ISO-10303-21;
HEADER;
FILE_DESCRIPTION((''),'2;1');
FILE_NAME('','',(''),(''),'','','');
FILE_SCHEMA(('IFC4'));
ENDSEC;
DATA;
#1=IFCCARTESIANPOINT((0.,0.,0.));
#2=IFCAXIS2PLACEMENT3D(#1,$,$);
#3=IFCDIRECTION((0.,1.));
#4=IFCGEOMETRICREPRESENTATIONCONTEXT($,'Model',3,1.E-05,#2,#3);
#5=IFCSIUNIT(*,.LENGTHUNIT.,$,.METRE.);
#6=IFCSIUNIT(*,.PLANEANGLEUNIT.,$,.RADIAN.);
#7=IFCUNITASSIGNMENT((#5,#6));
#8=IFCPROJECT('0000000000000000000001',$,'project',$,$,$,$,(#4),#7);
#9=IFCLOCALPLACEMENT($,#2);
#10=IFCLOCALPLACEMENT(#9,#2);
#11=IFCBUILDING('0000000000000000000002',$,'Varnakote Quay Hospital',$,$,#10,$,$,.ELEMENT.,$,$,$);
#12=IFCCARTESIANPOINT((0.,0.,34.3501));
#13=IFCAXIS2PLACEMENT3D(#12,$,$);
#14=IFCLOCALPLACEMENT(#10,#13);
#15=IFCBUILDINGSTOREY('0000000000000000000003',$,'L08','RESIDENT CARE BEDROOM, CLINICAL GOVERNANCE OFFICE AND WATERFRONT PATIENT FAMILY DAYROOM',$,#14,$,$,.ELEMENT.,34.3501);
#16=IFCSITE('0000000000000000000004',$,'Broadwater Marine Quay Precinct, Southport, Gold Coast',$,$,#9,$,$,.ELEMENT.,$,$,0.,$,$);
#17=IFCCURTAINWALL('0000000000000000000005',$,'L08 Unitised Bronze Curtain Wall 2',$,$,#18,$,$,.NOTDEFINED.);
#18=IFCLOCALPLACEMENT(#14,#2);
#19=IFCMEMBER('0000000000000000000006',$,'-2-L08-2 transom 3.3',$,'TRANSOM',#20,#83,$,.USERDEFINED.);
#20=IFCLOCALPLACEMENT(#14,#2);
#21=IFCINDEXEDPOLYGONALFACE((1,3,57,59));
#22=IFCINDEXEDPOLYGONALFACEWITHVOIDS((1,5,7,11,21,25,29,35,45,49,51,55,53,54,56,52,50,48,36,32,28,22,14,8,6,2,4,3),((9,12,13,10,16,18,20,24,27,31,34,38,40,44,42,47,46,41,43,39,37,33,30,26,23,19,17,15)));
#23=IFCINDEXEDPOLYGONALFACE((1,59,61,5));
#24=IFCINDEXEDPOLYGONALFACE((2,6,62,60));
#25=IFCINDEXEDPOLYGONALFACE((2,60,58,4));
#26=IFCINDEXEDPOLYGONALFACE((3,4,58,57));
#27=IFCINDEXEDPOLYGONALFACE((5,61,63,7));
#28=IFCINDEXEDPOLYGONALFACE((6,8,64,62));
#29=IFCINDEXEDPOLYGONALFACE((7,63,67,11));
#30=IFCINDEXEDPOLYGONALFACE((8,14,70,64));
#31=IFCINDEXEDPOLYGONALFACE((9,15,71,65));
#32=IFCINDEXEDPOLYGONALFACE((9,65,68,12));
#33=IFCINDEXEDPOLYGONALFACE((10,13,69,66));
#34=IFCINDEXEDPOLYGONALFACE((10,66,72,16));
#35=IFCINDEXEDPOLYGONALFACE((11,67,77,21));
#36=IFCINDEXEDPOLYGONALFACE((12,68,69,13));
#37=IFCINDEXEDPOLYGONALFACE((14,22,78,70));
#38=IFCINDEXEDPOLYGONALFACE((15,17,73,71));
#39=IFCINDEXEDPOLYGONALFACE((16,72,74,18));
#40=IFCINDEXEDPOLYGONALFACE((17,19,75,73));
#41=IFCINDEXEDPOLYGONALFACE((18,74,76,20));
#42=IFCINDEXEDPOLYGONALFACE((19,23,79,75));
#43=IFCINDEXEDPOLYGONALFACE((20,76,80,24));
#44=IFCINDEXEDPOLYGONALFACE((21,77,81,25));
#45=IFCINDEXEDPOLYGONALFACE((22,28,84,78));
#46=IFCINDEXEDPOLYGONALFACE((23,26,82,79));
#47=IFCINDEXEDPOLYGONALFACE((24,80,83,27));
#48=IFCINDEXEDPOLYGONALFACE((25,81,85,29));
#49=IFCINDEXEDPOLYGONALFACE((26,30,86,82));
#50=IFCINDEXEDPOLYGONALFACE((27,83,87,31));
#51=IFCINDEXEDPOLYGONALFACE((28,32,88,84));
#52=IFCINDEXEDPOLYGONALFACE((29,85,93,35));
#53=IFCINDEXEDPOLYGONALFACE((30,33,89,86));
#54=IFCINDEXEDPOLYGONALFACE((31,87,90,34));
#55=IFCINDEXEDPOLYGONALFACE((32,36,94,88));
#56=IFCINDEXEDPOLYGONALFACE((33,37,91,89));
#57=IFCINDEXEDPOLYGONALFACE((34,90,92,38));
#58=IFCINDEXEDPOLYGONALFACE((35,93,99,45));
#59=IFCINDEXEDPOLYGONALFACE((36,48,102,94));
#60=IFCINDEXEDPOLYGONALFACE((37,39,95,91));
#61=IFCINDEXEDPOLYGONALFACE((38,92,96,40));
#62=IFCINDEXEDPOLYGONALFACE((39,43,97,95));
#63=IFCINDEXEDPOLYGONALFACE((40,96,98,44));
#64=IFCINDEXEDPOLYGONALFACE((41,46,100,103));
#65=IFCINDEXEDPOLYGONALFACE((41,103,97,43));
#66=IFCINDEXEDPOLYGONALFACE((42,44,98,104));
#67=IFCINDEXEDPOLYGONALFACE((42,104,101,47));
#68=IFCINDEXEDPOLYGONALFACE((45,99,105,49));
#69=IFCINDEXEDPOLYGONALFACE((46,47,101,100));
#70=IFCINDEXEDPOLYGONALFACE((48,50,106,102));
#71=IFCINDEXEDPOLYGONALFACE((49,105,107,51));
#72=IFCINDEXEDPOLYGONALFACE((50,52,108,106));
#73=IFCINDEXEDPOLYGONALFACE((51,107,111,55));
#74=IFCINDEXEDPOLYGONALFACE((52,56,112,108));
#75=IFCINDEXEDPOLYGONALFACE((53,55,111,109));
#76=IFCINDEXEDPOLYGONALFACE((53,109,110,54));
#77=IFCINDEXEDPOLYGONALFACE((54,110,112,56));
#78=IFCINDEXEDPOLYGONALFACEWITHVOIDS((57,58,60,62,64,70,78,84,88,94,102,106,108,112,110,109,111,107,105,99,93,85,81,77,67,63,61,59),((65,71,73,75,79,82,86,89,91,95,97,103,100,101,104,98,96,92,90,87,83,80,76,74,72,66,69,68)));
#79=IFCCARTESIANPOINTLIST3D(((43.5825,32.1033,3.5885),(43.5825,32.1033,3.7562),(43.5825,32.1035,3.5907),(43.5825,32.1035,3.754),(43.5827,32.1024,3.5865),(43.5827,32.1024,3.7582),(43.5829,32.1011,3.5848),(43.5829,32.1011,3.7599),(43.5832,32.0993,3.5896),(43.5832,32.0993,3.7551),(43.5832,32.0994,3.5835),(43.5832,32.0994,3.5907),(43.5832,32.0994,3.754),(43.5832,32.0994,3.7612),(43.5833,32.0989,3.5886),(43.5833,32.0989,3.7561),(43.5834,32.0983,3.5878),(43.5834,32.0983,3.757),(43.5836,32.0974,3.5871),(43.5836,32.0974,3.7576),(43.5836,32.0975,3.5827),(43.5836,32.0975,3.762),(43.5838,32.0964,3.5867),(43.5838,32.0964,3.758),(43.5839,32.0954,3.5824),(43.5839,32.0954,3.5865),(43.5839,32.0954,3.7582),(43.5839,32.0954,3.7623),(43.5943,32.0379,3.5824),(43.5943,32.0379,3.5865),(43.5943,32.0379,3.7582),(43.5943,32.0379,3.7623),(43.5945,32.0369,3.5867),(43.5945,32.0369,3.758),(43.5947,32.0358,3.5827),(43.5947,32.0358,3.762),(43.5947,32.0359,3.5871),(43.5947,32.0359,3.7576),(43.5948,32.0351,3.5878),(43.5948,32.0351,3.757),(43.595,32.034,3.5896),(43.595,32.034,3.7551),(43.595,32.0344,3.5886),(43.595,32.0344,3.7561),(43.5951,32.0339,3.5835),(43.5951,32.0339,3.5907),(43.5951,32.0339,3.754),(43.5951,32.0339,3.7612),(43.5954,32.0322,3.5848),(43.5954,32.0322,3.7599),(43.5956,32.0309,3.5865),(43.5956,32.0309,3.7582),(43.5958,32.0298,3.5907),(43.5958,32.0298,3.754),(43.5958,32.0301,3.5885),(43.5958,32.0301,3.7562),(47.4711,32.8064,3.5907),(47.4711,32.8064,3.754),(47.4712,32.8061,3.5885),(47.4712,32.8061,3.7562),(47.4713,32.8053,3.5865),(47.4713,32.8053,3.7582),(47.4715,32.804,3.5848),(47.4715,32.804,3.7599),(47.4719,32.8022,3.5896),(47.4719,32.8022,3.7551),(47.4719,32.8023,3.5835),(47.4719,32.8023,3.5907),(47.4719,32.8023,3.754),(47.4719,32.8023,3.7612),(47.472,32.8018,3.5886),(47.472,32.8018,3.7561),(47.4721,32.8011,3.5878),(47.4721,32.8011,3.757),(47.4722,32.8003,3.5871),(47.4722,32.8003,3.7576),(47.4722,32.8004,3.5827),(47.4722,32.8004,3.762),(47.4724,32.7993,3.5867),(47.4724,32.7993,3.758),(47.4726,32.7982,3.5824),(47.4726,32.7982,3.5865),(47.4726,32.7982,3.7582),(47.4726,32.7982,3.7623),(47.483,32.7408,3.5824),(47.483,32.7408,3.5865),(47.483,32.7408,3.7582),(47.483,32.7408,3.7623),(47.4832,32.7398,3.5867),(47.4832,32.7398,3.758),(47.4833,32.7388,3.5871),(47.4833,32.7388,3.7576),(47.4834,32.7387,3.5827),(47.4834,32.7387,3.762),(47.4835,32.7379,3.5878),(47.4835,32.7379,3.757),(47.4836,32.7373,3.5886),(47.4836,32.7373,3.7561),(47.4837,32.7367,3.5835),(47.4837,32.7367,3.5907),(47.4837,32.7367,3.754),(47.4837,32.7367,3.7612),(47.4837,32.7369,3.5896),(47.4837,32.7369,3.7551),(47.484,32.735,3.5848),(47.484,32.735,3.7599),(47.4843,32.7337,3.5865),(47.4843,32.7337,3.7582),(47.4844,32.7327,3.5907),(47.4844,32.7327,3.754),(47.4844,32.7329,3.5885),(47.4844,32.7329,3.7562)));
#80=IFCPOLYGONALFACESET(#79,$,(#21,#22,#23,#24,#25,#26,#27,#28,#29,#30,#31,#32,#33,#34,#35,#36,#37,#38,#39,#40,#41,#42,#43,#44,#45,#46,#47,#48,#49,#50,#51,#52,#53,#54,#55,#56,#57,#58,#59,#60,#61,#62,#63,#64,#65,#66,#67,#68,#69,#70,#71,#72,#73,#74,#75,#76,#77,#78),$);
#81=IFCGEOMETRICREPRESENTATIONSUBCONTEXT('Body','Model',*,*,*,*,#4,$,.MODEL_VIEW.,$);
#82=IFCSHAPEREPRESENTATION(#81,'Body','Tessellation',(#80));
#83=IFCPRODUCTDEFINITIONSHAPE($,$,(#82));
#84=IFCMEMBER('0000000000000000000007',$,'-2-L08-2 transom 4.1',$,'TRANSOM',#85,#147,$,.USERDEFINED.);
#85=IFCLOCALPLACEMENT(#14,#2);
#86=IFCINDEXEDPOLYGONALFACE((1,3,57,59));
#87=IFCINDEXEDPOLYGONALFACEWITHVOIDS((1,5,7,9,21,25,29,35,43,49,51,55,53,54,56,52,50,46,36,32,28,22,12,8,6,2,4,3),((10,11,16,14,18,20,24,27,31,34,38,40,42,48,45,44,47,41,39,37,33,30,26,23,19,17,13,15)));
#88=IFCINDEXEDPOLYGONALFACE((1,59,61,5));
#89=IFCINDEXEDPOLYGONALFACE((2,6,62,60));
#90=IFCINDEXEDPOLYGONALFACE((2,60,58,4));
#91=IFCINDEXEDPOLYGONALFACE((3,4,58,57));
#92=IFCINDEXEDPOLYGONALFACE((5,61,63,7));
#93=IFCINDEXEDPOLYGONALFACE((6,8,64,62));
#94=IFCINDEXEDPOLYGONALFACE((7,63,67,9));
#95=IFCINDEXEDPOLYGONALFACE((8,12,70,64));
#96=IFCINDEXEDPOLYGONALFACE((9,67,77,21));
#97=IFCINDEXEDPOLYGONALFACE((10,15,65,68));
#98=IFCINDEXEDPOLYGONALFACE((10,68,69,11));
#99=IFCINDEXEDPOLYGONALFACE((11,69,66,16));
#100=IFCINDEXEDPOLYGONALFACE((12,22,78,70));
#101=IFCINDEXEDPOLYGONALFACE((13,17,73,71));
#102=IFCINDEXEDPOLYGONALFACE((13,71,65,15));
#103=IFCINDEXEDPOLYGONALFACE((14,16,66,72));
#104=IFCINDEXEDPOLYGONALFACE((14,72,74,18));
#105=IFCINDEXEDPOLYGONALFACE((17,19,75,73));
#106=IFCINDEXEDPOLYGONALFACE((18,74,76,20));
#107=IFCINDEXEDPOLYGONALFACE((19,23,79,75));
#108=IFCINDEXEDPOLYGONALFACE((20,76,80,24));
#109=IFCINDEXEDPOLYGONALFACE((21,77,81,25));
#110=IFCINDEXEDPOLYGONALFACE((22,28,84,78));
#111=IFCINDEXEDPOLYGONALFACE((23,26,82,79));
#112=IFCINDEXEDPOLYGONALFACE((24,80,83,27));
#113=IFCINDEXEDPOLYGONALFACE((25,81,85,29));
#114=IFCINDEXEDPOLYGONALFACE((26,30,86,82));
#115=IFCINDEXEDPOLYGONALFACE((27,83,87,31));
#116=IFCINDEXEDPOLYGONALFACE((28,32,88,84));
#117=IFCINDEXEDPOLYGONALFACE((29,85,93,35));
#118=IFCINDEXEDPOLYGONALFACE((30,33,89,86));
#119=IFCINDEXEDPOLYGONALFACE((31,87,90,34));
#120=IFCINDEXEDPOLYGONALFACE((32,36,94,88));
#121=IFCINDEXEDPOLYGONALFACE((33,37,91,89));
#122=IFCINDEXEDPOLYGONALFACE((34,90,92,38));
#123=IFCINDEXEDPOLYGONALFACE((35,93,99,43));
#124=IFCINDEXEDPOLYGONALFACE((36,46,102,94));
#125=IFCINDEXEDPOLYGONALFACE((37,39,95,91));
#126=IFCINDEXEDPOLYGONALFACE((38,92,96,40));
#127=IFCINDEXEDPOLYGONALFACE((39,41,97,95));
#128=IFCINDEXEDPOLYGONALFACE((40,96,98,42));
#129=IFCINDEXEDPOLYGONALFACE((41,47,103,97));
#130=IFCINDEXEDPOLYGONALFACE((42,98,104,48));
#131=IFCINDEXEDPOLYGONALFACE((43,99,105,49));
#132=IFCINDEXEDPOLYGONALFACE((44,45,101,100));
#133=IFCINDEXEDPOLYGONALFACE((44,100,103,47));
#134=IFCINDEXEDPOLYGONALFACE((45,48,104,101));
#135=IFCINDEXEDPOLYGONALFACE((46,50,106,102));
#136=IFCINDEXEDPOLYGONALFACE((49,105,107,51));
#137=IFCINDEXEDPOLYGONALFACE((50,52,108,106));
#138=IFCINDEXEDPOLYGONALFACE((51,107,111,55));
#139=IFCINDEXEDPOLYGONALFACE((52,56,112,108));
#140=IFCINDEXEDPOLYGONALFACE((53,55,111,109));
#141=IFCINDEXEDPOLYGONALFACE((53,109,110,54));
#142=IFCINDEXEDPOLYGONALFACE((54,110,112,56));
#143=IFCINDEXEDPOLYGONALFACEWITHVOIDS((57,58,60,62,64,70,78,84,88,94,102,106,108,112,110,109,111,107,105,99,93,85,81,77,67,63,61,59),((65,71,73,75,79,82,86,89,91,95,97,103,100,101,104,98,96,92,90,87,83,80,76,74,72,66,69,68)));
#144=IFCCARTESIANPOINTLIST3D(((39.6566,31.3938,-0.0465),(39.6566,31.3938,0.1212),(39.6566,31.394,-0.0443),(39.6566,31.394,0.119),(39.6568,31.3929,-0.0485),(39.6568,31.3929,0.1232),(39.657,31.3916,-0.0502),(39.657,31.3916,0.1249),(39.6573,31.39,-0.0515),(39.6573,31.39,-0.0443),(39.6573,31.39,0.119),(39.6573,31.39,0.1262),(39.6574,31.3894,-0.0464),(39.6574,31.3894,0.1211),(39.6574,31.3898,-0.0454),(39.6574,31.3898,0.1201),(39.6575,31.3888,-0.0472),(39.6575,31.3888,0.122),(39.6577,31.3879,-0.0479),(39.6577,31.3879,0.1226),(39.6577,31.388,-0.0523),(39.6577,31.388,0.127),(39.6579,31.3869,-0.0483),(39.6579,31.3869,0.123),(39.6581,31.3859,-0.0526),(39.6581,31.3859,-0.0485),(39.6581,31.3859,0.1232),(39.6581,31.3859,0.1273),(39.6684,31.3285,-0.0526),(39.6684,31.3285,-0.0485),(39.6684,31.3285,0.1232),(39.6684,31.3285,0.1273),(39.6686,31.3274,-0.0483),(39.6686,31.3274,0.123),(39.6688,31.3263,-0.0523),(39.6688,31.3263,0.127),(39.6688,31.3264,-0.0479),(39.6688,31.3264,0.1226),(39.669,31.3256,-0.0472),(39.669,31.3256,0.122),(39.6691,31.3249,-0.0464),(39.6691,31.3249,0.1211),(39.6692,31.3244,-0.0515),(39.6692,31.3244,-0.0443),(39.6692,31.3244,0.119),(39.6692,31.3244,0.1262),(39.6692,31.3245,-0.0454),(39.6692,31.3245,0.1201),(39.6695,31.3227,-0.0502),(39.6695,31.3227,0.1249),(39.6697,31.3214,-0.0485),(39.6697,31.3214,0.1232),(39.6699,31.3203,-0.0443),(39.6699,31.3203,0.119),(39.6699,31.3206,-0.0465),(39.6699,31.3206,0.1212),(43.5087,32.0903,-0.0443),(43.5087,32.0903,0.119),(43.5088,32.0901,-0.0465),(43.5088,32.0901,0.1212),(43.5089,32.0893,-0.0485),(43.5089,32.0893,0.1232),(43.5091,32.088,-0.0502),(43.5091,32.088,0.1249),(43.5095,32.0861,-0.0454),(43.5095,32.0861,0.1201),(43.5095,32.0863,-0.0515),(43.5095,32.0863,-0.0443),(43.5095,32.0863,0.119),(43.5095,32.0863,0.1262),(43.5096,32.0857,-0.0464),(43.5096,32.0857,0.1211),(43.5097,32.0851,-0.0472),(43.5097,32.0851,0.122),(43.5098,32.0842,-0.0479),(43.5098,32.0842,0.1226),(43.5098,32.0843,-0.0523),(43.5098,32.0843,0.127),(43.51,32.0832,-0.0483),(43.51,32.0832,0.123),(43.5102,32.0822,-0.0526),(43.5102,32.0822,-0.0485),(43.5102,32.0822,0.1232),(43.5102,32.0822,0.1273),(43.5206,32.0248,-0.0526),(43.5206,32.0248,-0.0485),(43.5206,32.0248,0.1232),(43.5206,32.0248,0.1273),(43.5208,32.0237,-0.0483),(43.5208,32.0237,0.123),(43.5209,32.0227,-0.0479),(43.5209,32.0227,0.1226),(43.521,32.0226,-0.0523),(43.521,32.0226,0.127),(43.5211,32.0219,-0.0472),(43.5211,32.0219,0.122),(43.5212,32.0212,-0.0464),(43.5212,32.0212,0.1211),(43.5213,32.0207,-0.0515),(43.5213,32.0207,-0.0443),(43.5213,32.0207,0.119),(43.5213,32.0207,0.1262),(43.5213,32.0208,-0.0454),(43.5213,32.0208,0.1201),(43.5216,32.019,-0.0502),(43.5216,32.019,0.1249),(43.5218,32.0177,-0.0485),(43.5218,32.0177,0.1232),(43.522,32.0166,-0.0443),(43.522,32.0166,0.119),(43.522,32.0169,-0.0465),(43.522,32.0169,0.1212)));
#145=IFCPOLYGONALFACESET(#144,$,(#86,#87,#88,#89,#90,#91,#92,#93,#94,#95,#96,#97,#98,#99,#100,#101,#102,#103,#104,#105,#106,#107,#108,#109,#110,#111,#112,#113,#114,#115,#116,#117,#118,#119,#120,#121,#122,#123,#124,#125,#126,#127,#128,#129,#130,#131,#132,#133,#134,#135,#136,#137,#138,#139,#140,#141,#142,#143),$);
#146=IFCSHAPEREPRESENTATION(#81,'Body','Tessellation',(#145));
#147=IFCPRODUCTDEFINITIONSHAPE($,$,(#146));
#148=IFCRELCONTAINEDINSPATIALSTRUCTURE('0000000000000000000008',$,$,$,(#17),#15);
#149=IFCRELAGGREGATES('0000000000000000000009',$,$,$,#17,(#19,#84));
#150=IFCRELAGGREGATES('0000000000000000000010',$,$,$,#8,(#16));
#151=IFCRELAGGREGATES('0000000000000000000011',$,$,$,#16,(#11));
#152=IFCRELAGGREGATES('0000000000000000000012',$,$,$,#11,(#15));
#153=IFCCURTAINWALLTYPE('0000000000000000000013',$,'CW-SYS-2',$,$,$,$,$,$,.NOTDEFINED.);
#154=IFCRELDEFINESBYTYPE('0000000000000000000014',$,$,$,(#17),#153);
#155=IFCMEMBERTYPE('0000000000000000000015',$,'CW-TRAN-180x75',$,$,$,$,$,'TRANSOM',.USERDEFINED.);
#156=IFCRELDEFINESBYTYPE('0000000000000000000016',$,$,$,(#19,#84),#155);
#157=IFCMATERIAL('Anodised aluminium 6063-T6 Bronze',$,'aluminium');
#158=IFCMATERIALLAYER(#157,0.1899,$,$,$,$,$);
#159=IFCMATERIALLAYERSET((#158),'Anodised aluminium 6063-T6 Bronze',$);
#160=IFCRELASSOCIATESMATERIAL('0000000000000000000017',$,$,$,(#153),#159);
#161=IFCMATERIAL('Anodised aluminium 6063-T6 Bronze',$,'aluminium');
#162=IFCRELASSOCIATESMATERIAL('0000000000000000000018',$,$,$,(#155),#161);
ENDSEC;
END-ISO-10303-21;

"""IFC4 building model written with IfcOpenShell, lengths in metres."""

from ifc_helpers import new_model, si_unit, direction, frame, origin, origin_2d, place, context, subcontext, project, spatial, hollow_rectangle, extrude, material, layer, layer_set, material_profile, profile_set, type_object, element, aggregate, save


model = new_model("IFC4")

# Units and contexts
model_context = context("Model", 3, precision=1e-05, world=origin(), true_north=direction((0.0, 1.0)))
body_context = subcontext(model_context, "Body", "Model", "MODEL_VIEW")
ifc_project = project(units=[si_unit("LENGTHUNIT", "METRE"), si_unit("PLANEANGLEUNIT", "RADIAN")], contexts=[model_context])

# Site, building, storey
site_placement = place(None, origin())
site = spatial("IfcSite", under=ifc_project, at=site_placement, Name="Broadwater Marine Quay Precinct, Southport, Gold Coast", CompositionType="ELEMENT", RefElevation=0.0)
building_placement = place(site_placement, origin())
building = spatial("IfcBuilding", under=site, at=building_placement, Name="Varnakote Quay Hospital", CompositionType="ELEMENT")
storey_placement = place(building_placement, frame((0.0, 0.0, 34.3501)))
storey = spatial("IfcBuildingStorey", under=building, at=storey_placement, Name="L08", Description="RESIDENT CARE BEDROOM, CLINICAL GOVERNANCE OFFICE AND WATERFRONT PATIENT FAMILY DAYROOM", CompositionType="ELEMENT", Elevation=34.3501)

# Curtain wall, members
ifc_material_1 = material(Name="Anodised aluminium 6063-T6 Bronze", Category="aluminium")
ifc_layer_1 = layer(ifc_material_1, 0.1899)
ifc_layer_set_1 = layer_set([ifc_layer_1], Name="Anodised aluminium 6063-T6 Bronze")
curtain_wall_type = type_object("IfcCurtainWallType", Name="CW-SYS-2", PredefinedType="NOTDEFINED", material=ifc_layer_set_1)
curtain_wall_placement = place(storey_placement, origin())
curtain_wall = element("IfcCurtainWall", 1, at=curtain_wall_placement, inside=storey, type_object=curtain_wall_type, Name="L08 Unitised Bronze Curtain Wall 2", PredefinedType="NOTDEFINED")
ifc_material_2 = material(Name="Anodised aluminium 6063-T6 Bronze", Category="aluminium")
ifc_material_profile_1 = material_profile(ifc_material_2, hollow_rectangle(XDim=0.075, YDim=0.1799, WallThickness=0.0042, InnerFilletRadius=0.0042, OuterFilletRadius=0.0083, at=origin_2d()), Name="CW-TRAN-180x75")
ifc_profile_set_1 = profile_set([ifc_material_profile_1], Name="Anodised aluminium 6063-T6 Bronze")
member_type_1 = type_object("IfcMemberType", Name="CW-TRAN-180x75", ElementType="TRANSOM", PredefinedType="USERDEFINED", material=ifc_profile_set_1)
member_1_placement = place(storey_placement, frame((47.4778, 32.7695, 3.6724), z_axis=(-0.984054, -0.177869, 0.0), x_axis=(0.177869, -0.984054, 0.0)))
member_1 = element("IfcMember", 2, at=member_1_placement, type_object=member_type_1, Name="-2-L08-2 transom 3.3", ObjectType="TRANSOM", PredefinedType="USERDEFINED", context=body_context, shape_type="SweptSolid", body=[
    extrude(hollow_rectangle(XDim=0.075, YDim=0.1799, WallThickness=0.0042, InnerFilletRadius=0.0042, OuterFilletRadius=0.0083, at=origin_2d()), origin(), (0.0, 0.0, 1.0), 3.9517),
])
member_2_placement = place(storey_placement, frame((43.5154, 32.0535, 0.0374), z_axis=(-0.984053, -0.177875, 0.0), x_axis=(0.177875, -0.984053, 0.0)))
member_2 = element("IfcMember", 3, at=member_2_placement, type_object=member_type_1, Name="-2-L08-2 transom 4.1", ObjectType="TRANSOM", PredefinedType="USERDEFINED", context=body_context, shape_type="SweptSolid", body=[
    extrude(hollow_rectangle(XDim=0.075, YDim=0.1799, WallThickness=0.0042, InnerFilletRadius=0.0042, OuterFilletRadius=0.0083, at=origin_2d()), origin(), (0.0, 0.0, 1.0), 3.9146),
])
aggregate(curtain_wall, [member_1, member_2])

save(model, "model.ifc")
